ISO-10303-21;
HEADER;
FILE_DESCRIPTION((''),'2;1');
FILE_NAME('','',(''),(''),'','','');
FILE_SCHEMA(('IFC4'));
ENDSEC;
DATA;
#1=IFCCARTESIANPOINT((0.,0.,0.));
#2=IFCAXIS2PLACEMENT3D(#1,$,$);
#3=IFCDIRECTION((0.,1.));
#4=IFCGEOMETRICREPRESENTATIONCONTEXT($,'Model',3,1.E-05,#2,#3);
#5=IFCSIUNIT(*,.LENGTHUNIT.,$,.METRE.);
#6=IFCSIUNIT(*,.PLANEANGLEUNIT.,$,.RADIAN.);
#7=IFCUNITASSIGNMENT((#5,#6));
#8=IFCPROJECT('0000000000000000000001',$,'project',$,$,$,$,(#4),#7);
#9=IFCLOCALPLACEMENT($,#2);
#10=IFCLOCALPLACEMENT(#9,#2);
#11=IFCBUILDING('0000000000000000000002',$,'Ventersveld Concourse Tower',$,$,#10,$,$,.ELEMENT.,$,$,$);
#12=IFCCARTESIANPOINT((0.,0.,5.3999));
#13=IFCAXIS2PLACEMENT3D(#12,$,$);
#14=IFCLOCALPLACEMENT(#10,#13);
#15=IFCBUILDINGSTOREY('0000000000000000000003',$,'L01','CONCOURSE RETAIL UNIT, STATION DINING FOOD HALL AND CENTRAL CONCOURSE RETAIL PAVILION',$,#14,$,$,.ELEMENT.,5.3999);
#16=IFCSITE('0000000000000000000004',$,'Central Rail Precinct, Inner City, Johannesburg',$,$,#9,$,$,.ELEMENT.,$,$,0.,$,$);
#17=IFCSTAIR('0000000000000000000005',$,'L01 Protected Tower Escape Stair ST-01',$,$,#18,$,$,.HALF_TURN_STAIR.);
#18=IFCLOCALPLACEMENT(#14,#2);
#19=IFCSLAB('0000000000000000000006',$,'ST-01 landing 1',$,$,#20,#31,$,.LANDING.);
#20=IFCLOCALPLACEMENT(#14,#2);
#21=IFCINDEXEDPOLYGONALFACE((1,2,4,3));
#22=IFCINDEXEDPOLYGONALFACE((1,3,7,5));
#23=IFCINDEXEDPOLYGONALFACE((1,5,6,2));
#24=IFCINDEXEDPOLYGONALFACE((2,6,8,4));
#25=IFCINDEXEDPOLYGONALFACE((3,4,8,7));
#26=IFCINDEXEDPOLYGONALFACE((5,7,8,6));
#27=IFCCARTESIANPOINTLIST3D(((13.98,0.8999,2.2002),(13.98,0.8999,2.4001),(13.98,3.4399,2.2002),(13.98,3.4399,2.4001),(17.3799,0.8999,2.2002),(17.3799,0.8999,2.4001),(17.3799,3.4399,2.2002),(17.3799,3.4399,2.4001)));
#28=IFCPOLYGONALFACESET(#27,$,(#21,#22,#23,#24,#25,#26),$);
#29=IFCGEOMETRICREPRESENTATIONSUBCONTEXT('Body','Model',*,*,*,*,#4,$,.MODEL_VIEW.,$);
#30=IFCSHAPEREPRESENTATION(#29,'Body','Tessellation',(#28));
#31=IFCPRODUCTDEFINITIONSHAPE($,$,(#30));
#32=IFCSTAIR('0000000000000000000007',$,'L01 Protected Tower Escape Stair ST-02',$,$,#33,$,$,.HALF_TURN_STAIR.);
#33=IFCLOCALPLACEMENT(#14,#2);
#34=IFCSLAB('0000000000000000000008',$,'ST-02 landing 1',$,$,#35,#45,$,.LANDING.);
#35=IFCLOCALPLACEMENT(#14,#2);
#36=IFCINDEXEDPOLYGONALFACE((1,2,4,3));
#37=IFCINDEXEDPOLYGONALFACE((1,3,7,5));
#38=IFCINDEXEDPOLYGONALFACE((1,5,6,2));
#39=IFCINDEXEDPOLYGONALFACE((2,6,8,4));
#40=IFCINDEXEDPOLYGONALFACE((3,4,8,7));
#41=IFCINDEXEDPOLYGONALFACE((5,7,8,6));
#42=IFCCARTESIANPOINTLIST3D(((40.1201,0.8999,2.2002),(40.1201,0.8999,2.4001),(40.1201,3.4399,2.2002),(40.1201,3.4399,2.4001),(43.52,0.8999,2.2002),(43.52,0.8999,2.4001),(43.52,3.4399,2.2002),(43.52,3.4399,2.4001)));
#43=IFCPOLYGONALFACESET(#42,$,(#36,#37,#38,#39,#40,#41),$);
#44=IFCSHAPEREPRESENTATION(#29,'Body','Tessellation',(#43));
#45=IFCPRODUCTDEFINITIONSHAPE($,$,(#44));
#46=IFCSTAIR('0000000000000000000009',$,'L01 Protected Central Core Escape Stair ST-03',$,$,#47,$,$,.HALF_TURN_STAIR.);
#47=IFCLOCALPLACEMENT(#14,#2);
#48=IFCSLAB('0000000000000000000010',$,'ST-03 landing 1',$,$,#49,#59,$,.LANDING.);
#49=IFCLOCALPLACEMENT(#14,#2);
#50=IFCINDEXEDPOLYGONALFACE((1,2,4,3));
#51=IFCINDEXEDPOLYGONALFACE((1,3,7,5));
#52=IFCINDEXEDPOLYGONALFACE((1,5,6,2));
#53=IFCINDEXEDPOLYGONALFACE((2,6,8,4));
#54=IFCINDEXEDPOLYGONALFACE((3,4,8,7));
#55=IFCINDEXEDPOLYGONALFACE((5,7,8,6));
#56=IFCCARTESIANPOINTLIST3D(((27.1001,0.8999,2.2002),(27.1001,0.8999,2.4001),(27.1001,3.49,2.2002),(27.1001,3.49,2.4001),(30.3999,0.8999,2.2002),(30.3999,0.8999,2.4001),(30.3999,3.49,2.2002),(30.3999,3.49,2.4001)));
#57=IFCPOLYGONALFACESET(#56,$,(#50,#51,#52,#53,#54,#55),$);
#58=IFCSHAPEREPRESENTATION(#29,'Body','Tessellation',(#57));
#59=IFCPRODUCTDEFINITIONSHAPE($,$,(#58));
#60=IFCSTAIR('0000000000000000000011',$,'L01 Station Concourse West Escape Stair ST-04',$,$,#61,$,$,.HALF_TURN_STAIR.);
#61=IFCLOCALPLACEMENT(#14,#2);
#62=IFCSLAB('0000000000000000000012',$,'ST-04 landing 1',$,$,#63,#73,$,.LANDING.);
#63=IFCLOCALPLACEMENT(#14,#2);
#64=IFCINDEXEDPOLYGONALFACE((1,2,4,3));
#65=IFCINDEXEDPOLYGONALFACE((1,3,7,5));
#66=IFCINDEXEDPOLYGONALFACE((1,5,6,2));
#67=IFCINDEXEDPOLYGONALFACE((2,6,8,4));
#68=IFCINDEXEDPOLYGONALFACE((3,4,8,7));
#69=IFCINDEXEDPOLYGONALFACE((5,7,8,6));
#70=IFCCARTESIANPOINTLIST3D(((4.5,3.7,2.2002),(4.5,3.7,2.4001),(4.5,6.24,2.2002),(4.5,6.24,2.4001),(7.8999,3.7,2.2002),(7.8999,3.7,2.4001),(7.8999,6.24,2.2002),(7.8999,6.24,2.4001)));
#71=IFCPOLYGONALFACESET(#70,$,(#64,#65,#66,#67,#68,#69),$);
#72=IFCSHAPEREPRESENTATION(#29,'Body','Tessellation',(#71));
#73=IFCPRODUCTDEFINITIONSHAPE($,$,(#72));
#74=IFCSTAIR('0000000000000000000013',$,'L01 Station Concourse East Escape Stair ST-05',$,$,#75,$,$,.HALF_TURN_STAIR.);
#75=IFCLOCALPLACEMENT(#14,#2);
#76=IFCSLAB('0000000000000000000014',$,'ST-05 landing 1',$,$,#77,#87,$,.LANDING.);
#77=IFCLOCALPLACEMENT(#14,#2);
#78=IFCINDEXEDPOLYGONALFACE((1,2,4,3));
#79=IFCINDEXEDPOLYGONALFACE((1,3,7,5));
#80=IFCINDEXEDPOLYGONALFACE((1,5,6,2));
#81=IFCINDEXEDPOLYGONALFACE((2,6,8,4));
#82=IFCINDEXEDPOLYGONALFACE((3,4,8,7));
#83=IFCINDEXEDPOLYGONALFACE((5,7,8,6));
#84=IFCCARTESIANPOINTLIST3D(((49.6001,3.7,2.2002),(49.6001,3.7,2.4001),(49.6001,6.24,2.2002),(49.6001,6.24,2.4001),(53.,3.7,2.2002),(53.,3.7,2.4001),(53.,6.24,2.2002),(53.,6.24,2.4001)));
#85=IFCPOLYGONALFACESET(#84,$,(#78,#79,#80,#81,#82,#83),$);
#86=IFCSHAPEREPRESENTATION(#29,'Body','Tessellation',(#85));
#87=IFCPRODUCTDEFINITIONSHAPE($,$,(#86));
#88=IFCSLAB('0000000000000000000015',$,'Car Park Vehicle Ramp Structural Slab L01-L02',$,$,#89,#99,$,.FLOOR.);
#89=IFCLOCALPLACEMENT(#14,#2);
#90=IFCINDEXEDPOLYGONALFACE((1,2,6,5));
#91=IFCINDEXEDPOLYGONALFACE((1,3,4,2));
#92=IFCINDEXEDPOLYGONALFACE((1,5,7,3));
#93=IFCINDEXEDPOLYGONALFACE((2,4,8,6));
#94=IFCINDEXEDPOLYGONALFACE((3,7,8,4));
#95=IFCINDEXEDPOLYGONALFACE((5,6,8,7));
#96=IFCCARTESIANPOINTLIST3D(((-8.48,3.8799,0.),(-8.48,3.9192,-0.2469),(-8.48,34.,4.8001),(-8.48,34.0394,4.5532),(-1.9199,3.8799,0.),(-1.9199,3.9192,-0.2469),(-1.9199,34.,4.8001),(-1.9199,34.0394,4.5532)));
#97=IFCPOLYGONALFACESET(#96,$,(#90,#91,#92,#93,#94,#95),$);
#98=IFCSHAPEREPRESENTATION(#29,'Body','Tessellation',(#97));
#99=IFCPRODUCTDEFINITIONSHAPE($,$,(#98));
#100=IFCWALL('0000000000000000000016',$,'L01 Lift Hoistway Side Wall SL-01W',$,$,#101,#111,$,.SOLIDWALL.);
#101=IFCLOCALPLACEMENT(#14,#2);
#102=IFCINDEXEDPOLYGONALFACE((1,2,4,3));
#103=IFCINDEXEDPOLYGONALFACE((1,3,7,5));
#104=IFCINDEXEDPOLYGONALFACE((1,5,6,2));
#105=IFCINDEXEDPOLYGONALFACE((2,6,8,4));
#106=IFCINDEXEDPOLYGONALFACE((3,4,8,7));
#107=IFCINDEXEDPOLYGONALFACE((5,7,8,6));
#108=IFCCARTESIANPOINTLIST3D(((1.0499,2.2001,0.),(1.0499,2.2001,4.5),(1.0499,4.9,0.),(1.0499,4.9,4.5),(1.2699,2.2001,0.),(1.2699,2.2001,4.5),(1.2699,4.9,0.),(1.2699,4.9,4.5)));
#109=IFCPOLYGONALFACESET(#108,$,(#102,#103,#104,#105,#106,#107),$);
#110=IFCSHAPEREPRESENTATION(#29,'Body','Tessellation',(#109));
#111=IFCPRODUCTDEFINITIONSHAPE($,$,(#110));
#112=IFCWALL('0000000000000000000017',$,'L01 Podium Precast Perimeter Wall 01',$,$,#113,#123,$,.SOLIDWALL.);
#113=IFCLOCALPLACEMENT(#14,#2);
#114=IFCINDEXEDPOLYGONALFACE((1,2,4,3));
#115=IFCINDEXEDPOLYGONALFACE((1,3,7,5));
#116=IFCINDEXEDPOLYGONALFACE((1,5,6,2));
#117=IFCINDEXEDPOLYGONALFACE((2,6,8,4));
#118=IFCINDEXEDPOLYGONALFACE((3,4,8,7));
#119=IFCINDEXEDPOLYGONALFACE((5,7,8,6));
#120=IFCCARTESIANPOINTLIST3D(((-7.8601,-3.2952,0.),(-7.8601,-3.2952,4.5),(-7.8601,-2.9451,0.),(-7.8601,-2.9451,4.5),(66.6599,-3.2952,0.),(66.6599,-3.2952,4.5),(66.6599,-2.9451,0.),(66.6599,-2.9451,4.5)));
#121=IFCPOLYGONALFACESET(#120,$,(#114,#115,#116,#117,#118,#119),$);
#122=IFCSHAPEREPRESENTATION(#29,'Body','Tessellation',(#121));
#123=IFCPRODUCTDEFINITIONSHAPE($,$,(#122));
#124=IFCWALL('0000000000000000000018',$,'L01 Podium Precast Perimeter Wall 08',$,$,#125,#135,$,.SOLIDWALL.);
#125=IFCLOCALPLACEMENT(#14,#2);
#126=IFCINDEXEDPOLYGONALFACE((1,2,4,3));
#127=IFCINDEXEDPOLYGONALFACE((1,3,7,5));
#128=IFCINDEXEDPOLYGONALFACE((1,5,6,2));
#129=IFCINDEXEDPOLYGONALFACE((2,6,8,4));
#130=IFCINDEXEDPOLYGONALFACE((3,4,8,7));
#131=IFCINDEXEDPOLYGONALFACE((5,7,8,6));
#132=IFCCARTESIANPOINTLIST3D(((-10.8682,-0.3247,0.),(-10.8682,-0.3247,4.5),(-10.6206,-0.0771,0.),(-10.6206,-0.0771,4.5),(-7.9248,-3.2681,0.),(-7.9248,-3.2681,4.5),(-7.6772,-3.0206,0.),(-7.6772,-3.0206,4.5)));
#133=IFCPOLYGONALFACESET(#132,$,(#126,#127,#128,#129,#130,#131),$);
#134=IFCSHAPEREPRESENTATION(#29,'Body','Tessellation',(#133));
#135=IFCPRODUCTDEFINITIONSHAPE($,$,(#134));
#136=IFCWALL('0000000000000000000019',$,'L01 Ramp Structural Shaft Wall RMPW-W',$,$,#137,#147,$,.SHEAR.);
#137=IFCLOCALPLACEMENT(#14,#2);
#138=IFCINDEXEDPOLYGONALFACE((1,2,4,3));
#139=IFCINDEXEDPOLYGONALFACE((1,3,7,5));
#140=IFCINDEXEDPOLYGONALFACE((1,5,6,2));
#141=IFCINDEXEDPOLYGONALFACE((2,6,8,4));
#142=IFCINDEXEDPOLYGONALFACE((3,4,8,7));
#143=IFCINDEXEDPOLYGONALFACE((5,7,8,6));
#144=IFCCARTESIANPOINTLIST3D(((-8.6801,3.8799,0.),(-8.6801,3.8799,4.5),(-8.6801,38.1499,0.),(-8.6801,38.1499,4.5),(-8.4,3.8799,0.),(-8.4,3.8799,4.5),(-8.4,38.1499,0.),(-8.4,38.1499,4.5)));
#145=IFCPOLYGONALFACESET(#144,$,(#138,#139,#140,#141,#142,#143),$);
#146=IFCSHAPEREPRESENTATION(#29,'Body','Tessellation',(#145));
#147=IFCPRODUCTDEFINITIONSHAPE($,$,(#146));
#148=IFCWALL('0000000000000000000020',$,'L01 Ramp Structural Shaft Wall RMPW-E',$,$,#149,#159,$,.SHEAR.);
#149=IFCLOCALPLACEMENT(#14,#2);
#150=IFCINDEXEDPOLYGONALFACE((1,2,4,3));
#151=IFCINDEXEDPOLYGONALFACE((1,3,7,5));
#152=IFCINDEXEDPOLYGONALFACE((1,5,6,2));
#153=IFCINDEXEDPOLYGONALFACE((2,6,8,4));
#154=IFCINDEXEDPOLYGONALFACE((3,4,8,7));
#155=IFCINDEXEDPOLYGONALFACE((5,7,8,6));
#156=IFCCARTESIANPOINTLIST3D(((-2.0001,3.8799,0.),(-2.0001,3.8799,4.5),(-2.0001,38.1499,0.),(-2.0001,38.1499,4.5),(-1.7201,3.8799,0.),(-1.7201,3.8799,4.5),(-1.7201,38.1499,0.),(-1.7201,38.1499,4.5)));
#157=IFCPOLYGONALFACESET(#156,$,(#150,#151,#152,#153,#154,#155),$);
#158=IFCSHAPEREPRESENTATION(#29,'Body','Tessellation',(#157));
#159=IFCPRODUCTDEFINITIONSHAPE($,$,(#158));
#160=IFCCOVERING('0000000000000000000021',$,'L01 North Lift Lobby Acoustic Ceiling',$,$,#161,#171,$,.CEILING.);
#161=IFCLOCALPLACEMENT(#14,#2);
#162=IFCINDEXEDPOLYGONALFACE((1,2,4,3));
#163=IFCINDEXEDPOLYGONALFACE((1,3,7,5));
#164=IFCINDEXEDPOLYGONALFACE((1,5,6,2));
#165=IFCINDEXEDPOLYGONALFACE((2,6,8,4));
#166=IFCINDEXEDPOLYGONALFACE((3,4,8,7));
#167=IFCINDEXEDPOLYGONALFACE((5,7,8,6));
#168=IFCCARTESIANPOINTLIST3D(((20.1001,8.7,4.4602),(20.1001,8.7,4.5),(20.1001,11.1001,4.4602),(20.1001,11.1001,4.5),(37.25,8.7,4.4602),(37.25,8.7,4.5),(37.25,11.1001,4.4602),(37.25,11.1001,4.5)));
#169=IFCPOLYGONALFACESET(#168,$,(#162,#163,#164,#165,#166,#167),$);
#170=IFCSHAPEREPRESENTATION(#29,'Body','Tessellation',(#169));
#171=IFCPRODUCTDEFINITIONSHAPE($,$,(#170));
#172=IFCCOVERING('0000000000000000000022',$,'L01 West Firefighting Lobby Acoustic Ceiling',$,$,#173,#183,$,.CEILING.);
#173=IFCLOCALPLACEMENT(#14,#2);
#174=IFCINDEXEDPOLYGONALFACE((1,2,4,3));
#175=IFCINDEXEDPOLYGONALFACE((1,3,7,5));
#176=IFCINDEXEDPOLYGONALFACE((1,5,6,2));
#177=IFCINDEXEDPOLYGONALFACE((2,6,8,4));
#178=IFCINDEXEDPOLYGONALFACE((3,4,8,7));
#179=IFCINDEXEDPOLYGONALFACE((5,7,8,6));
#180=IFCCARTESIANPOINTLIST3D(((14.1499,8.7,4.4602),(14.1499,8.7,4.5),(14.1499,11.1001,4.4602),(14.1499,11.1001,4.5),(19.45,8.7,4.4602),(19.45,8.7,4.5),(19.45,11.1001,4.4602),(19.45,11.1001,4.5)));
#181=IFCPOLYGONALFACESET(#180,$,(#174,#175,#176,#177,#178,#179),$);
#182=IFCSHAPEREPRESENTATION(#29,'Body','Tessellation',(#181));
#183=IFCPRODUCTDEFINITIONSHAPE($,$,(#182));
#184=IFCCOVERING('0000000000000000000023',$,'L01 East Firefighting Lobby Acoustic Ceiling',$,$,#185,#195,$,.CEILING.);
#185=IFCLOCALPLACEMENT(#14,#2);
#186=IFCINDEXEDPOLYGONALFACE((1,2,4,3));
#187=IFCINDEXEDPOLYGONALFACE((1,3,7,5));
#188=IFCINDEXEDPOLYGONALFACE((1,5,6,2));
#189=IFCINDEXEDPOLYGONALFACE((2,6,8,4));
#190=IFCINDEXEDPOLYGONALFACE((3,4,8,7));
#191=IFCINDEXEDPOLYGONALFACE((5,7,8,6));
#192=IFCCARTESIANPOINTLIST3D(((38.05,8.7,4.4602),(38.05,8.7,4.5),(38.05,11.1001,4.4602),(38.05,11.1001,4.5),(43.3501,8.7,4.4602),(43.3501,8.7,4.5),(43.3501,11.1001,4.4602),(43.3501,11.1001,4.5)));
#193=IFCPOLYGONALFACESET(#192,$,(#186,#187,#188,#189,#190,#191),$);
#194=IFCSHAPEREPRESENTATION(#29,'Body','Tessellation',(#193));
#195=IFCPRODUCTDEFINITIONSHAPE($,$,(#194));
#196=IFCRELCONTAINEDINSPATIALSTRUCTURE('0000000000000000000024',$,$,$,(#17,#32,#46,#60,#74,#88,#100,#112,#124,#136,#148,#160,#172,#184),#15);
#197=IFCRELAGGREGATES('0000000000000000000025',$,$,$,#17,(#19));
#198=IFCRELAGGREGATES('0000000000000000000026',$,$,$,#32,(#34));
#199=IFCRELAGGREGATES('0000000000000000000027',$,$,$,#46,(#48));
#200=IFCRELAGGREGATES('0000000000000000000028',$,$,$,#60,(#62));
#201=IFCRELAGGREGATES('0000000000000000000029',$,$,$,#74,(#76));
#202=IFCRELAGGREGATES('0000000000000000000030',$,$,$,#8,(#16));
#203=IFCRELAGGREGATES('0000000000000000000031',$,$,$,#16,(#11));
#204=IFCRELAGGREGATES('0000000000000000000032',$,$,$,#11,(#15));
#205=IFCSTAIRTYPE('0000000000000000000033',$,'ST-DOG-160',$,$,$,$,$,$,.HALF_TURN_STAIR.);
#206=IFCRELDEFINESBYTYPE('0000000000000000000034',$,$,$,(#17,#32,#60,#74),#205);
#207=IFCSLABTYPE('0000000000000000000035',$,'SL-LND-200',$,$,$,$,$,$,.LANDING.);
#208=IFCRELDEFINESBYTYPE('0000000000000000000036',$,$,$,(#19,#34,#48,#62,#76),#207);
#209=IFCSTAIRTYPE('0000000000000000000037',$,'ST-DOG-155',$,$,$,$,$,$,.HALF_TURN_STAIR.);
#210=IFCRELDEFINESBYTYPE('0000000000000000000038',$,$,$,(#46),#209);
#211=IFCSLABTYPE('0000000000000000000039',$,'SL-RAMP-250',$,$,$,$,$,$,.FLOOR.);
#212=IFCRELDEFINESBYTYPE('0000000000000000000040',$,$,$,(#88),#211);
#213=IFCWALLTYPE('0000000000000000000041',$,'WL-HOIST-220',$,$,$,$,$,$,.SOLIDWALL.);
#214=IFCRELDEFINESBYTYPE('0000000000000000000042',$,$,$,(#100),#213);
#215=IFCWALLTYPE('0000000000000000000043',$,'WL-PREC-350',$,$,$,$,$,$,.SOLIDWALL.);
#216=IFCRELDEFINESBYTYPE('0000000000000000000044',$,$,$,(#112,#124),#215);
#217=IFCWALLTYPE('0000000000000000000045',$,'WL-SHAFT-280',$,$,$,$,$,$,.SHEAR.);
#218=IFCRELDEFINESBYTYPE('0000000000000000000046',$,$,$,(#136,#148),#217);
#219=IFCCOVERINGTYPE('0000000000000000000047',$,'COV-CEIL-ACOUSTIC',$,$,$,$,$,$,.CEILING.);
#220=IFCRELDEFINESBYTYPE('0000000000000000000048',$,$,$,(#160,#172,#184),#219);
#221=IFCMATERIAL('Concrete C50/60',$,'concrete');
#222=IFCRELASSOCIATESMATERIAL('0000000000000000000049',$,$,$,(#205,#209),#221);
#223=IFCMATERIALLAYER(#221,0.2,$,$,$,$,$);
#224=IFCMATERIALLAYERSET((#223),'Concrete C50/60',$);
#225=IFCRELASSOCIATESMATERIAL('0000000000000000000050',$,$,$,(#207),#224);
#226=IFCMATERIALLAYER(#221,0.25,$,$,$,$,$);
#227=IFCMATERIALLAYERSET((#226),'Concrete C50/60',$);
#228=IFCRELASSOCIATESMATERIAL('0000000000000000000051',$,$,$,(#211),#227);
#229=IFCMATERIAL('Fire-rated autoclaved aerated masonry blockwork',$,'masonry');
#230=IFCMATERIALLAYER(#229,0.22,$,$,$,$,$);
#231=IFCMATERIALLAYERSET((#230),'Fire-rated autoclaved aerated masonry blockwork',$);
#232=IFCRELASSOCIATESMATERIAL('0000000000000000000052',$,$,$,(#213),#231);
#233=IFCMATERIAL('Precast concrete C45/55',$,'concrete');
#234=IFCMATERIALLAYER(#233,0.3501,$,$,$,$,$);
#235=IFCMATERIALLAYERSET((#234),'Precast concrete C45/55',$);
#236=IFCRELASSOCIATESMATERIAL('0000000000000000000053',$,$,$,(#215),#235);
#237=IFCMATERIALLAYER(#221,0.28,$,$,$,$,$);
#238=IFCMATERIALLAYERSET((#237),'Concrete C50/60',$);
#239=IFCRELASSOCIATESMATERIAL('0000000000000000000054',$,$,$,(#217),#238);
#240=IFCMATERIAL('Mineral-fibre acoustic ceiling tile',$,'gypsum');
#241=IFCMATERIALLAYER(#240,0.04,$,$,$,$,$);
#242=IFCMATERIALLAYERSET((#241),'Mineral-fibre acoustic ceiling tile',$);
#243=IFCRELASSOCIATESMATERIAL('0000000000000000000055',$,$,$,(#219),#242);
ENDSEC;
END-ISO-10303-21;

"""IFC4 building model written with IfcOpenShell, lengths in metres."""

from ifc_helpers import new_model, si_unit, direction, frame, frame_2d, origin, place, context, subcontext, project, spatial, polyline, rectangle, outline, extrude, material, layer, layer_set, type_object, element, aggregate, save


model = new_model("IFC4")

# Units and contexts
model_context = context("Model", 3, precision=1e-05, world=origin(), true_north=direction((0.0, 1.0)))
body_context = subcontext(model_context, "Body", "Model", "MODEL_VIEW")
ifc_project = project(units=[si_unit("LENGTHUNIT", "METRE"), si_unit("PLANEANGLEUNIT", "RADIAN")], contexts=[model_context])

# Site, building, storey
site_placement = place(None, origin())
site = spatial("IfcSite", under=ifc_project, at=site_placement, Name="Central Rail Precinct, Inner City, Johannesburg", CompositionType="ELEMENT", RefElevation=0.0)
building_placement = place(site_placement, origin())
building = spatial("IfcBuilding", under=site, at=building_placement, Name="Ventersveld Concourse Tower", CompositionType="ELEMENT")
storey_placement = place(building_placement, frame((0.0, 0.0, 5.3999)))
storey = spatial("IfcBuildingStorey", under=building, at=storey_placement, Name="L01", Description="CONCOURSE RETAIL UNIT, STATION DINING FOOD HALL AND CENTRAL CONCOURSE RETAIL PAVILION", CompositionType="ELEMENT", Elevation=5.3999)

# Shared definitions
ifc_material_1 = material(Name="Concrete C50/60", Category="concrete")

# Stairs, slabs
stair_type_1 = type_object("IfcStairType", Name="ST-DOG-160", PredefinedType="HALF_TURN_STAIR", material=ifc_material_1)
stair_1_placement = place(storey_placement, origin())
stair_1 = element("IfcStair", 1, at=stair_1_placement, inside=storey, type_object=stair_type_1, Name="L01 Protected Tower Escape Stair ST-01", PredefinedType="HALF_TURN_STAIR")
ifc_layer_1 = layer(ifc_material_1, 0.2)
ifc_layer_set_1 = layer_set([ifc_layer_1], Name="Concrete C50/60")
slab_type_1 = type_object("IfcSlabType", Name="SL-LND-200", PredefinedType="LANDING", material=ifc_layer_set_1)
slab_1_placement = place(storey_placement, frame((0.0, 0.0, 2.2002)))
slab_1 = element("IfcSlab", 2, at=slab_1_placement, type_object=slab_type_1, Name="ST-01 landing 1", PredefinedType="LANDING", context=body_context, shape_type="SweptSolid", body=[
    extrude(outline(polyline([(13.98, 3.4399), (13.98, 0.8999), (17.3799, 0.8999), (17.3799, 3.4399), (13.98, 3.4399)])), origin(), (0.0, 0.0, 1.0), 0.2),
])
aggregate(stair_1, [slab_1])
stair_2_placement = place(storey_placement, origin())
stair_2 = element("IfcStair", 3, at=stair_2_placement, inside=storey, type_object=stair_type_1, Name="L01 Protected Tower Escape Stair ST-02", PredefinedType="HALF_TURN_STAIR")
slab_2_placement = place(storey_placement, frame((0.0, 0.0, 2.2002)))
slab_2 = element("IfcSlab", 4, at=slab_2_placement, type_object=slab_type_1, Name="ST-02 landing 1", PredefinedType="LANDING", context=body_context, shape_type="SweptSolid", body=[
    extrude(outline(polyline([(40.1201, 3.4399), (40.1201, 0.8999), (43.52, 0.8999), (43.52, 3.4399), (40.1201, 3.4399)])), origin(), (0.0, 0.0, 1.0), 0.2),
])
aggregate(stair_2, [slab_2])
stair_type_2 = type_object("IfcStairType", Name="ST-DOG-155", PredefinedType="HALF_TURN_STAIR", material=ifc_material_1)
stair_3_placement = place(storey_placement, origin())
stair_3 = element("IfcStair", 5, at=stair_3_placement, inside=storey, type_object=stair_type_2, Name="L01 Protected Central Core Escape Stair ST-03", PredefinedType="HALF_TURN_STAIR")
slab_3_placement = place(storey_placement, frame((0.0, 0.0, 2.2002)))
slab_3 = element("IfcSlab", 6, at=slab_3_placement, type_object=slab_type_1, Name="ST-03 landing 1", PredefinedType="LANDING", context=body_context, shape_type="SweptSolid", body=[
    extrude(outline(polyline([(27.1001, 3.49), (27.1001, 0.8999), (30.3999, 0.8999), (30.3999, 3.49), (27.1001, 3.49)])), origin(), (0.0, 0.0, 1.0), 0.2),
])
aggregate(stair_3, [slab_3])
stair_4_placement = place(storey_placement, origin())
stair_4 = element("IfcStair", 7, at=stair_4_placement, inside=storey, type_object=stair_type_1, Name="L01 Station Concourse West Escape Stair ST-04", PredefinedType="HALF_TURN_STAIR")
slab_4_placement = place(storey_placement, frame((0.0, 0.0, 2.2002)))
slab_4 = element("IfcSlab", 8, at=slab_4_placement, type_object=slab_type_1, Name="ST-04 landing 1", PredefinedType="LANDING", context=body_context, shape_type="SweptSolid", body=[
    extrude(outline(polyline([(4.5, 6.24), (4.5, 3.7), (7.8999, 3.7), (7.8999, 6.24), (4.5, 6.24)])), origin(), (0.0, 0.0, 1.0), 0.2),
])
aggregate(stair_4, [slab_4])
stair_5_placement = place(storey_placement, origin())
stair_5 = element("IfcStair", 9, at=stair_5_placement, inside=storey, type_object=stair_type_1, Name="L01 Station Concourse East Escape Stair ST-05", PredefinedType="HALF_TURN_STAIR")
slab_5_placement = place(storey_placement, frame((0.0, 0.0, 2.2002)))
slab_5 = element("IfcSlab", 10, at=slab_5_placement, type_object=slab_type_1, Name="ST-05 landing 1", PredefinedType="LANDING", context=body_context, shape_type="SweptSolid", body=[
    extrude(outline(polyline([(49.6001, 6.24), (49.6001, 3.7), (53.0, 3.7), (53.0, 6.24), (49.6001, 6.24)])), origin(), (0.0, 0.0, 1.0), 0.2),
])
aggregate(stair_5, [slab_5])

# Slab
ifc_layer_2 = layer(ifc_material_1, 0.25)
ifc_layer_set_2 = layer_set([ifc_layer_2], Name="Concrete C50/60")
slab_type_2 = type_object("IfcSlabType", Name="SL-RAMP-250", PredefinedType="FLOOR", material=ifc_layer_set_2)
slab_6_placement = place(storey_placement, frame((-8.48, 3.8799, 0.0), z_axis=(0.0, -0.157378, 0.987538), x_axis=(1.0, 0.0, 0.0)))
element("IfcSlab", 11, at=slab_6_placement, inside=storey, type_object=slab_type_2, Name="Car Park Vehicle Ramp Structural Slab L01-L02", PredefinedType="FLOOR", context=body_context, shape_type="SweptSolid", body=[
    extrude(outline(polyline([(0.0, 0.0), (6.5601, 0.0), (6.5601, 30.5002), (0.0, 30.5002), (0.0, 0.0)])), origin(), (0.0, 0.0, -1.0), 0.25),
])

# Walls
ifc_material_2 = material(Name="Fire-rated autoclaved aerated masonry blockwork", Category="masonry")
ifc_layer_3 = layer(ifc_material_2, 0.22)
ifc_layer_set_3 = layer_set([ifc_layer_3], Name="Fire-rated autoclaved aerated masonry blockwork")
wall_type_1 = type_object("IfcWallType", Name="WL-HOIST-220", PredefinedType="SOLIDWALL", material=ifc_layer_set_3)
wall_1_placement = place(storey_placement, frame((1.1599, 2.2, 0.0), z_axis=(0.0, 0.0, 1.0), x_axis=(0.0, 1.0, 0.0)))
element("IfcWall", 12, at=wall_1_placement, inside=storey, type_object=wall_type_1, Name="L01 Lift Hoistway Side Wall SL-01W", PredefinedType="SOLIDWALL", context=body_context, shape_type="SweptSolid", body=[
    extrude(rectangle(XDim=2.7, YDim=0.22, at=frame_2d((1.3501, 0.0))), origin(), (0.0, 0.0, 1.0), 4.5),
])
ifc_material_3 = material(Name="Precast concrete C45/55", Category="concrete")
ifc_layer_4 = layer(ifc_material_3, 0.3501)
ifc_layer_set_4 = layer_set([ifc_layer_4], Name="Precast concrete C45/55")
wall_type_2 = type_object("IfcWallType", Name="WL-PREC-350", PredefinedType="SOLIDWALL", material=ifc_layer_set_4)
wall_2_placement = place(storey_placement, frame((-7.8601, -3.1201, 0.0), z_axis=(0.0, 0.0, 1.0), x_axis=(1.0, 0.0, 0.0)))
element("IfcWall", 13, at=wall_2_placement, inside=storey, type_object=wall_type_2, Name="L01 Podium Precast Perimeter Wall 01", PredefinedType="SOLIDWALL", context=body_context, shape_type="SweptSolid", body=[
    extrude(rectangle(XDim=74.52, YDim=0.3501, at=frame_2d((37.26, 0.0))), origin(), (0.0, 0.0, 1.0), 4.5),
])
wall_3_placement = place(storey_placement, frame((-10.7444, -0.2009, 0.0), z_axis=(0.0, 0.0, 1.0), x_axis=(0.707107, -0.707107, 0.0)))
element("IfcWall", 14, at=wall_3_placement, inside=storey, type_object=wall_type_2, Name="L01 Podium Precast Perimeter Wall 08", PredefinedType="SOLIDWALL", context=body_context, shape_type="SweptSolid", body=[
    extrude(rectangle(XDim=4.1626, YDim=0.3501, at=frame_2d((2.0813, 0.0))), origin(), (0.0, 0.0, 1.0), 4.5),
])
ifc_layer_5 = layer(ifc_material_1, 0.28)
ifc_layer_set_5 = layer_set([ifc_layer_5], Name="Concrete C50/60")
wall_type_3 = type_object("IfcWallType", Name="WL-SHAFT-280", PredefinedType="SHEAR", material=ifc_layer_set_5)
for number, where, z_axis, x_axis, name in (
    (15, (-8.54, 3.8799, 0.0), (0.0, 0.0, 1.0), (0.0, 1.0, 0.0), "L01 Ramp Structural Shaft Wall RMPW-W"),
    (16, (-1.8601, 3.8799, 0.0), (0.0, 0.0, 1.0), (0.0, 1.0, 0.0), "L01 Ramp Structural Shaft Wall RMPW-E"),
):
    element("IfcWall", number, at=place(storey_placement, frame(where, z_axis=z_axis, x_axis=x_axis)), inside=storey, type_object=wall_type_3, Name=name, PredefinedType="SHEAR", context=body_context, shape_type="SweptSolid", body=[
        extrude(rectangle(XDim=34.27, YDim=0.28, at=frame_2d((17.135, 0.0))), origin(), (0.0, 0.0, 1.0), 4.5),
    ])

# Coverings
ifc_material_4 = material(Name="Mineral-fibre acoustic ceiling tile", Category="gypsum")
ifc_layer_6 = layer(ifc_material_4, 0.04)
ifc_layer_set_6 = layer_set([ifc_layer_6], Name="Mineral-fibre acoustic ceiling tile")
covering_type_1 = type_object("IfcCoveringType", Name="COV-CEIL-ACOUSTIC", PredefinedType="CEILING", material=ifc_layer_set_6)
covering_1_placement = place(storey_placement, frame((0.0, 0.0, 4.4602)))
element("IfcCovering", 17, at=covering_1_placement, inside=storey, type_object=covering_type_1, Name="L01 North Lift Lobby Acoustic Ceiling", PredefinedType="CEILING", context=body_context, shape_type="SweptSolid", body=[
    extrude(outline(polyline([(20.1001, 8.7), (37.25, 8.7), (37.25, 11.1001), (20.1001, 11.1001), (20.1001, 8.7)])), origin(), (0.0, 0.0, 1.0), 0.0398),
])
covering_2_placement = place(storey_placement, frame((0.0, 0.0, 4.4602)))
element("IfcCovering", 18, at=covering_2_placement, inside=storey, type_object=covering_type_1, Name="L01 West Firefighting Lobby Acoustic Ceiling", PredefinedType="CEILING", context=body_context, shape_type="SweptSolid", body=[
    extrude(outline(polyline([(14.1499, 8.7), (19.45, 8.7), (19.45, 11.1001), (14.1499, 11.1001), (14.1499, 8.7)])), origin(), (0.0, 0.0, 1.0), 0.0398),
])
covering_3_placement = place(storey_placement, frame((0.0, 0.0, 4.4602)))
element("IfcCovering", 19, at=covering_3_placement, inside=storey, type_object=covering_type_1, Name="L01 East Firefighting Lobby Acoustic Ceiling", PredefinedType="CEILING", context=body_context, shape_type="SweptSolid", body=[
    extrude(outline(polyline([(38.05, 8.7), (43.3501, 8.7), (43.3501, 11.1001), (38.05, 11.1001), (38.05, 8.7)])), origin(), (0.0, 0.0, 1.0), 0.0398),
])

save(model, "model.ifc")
